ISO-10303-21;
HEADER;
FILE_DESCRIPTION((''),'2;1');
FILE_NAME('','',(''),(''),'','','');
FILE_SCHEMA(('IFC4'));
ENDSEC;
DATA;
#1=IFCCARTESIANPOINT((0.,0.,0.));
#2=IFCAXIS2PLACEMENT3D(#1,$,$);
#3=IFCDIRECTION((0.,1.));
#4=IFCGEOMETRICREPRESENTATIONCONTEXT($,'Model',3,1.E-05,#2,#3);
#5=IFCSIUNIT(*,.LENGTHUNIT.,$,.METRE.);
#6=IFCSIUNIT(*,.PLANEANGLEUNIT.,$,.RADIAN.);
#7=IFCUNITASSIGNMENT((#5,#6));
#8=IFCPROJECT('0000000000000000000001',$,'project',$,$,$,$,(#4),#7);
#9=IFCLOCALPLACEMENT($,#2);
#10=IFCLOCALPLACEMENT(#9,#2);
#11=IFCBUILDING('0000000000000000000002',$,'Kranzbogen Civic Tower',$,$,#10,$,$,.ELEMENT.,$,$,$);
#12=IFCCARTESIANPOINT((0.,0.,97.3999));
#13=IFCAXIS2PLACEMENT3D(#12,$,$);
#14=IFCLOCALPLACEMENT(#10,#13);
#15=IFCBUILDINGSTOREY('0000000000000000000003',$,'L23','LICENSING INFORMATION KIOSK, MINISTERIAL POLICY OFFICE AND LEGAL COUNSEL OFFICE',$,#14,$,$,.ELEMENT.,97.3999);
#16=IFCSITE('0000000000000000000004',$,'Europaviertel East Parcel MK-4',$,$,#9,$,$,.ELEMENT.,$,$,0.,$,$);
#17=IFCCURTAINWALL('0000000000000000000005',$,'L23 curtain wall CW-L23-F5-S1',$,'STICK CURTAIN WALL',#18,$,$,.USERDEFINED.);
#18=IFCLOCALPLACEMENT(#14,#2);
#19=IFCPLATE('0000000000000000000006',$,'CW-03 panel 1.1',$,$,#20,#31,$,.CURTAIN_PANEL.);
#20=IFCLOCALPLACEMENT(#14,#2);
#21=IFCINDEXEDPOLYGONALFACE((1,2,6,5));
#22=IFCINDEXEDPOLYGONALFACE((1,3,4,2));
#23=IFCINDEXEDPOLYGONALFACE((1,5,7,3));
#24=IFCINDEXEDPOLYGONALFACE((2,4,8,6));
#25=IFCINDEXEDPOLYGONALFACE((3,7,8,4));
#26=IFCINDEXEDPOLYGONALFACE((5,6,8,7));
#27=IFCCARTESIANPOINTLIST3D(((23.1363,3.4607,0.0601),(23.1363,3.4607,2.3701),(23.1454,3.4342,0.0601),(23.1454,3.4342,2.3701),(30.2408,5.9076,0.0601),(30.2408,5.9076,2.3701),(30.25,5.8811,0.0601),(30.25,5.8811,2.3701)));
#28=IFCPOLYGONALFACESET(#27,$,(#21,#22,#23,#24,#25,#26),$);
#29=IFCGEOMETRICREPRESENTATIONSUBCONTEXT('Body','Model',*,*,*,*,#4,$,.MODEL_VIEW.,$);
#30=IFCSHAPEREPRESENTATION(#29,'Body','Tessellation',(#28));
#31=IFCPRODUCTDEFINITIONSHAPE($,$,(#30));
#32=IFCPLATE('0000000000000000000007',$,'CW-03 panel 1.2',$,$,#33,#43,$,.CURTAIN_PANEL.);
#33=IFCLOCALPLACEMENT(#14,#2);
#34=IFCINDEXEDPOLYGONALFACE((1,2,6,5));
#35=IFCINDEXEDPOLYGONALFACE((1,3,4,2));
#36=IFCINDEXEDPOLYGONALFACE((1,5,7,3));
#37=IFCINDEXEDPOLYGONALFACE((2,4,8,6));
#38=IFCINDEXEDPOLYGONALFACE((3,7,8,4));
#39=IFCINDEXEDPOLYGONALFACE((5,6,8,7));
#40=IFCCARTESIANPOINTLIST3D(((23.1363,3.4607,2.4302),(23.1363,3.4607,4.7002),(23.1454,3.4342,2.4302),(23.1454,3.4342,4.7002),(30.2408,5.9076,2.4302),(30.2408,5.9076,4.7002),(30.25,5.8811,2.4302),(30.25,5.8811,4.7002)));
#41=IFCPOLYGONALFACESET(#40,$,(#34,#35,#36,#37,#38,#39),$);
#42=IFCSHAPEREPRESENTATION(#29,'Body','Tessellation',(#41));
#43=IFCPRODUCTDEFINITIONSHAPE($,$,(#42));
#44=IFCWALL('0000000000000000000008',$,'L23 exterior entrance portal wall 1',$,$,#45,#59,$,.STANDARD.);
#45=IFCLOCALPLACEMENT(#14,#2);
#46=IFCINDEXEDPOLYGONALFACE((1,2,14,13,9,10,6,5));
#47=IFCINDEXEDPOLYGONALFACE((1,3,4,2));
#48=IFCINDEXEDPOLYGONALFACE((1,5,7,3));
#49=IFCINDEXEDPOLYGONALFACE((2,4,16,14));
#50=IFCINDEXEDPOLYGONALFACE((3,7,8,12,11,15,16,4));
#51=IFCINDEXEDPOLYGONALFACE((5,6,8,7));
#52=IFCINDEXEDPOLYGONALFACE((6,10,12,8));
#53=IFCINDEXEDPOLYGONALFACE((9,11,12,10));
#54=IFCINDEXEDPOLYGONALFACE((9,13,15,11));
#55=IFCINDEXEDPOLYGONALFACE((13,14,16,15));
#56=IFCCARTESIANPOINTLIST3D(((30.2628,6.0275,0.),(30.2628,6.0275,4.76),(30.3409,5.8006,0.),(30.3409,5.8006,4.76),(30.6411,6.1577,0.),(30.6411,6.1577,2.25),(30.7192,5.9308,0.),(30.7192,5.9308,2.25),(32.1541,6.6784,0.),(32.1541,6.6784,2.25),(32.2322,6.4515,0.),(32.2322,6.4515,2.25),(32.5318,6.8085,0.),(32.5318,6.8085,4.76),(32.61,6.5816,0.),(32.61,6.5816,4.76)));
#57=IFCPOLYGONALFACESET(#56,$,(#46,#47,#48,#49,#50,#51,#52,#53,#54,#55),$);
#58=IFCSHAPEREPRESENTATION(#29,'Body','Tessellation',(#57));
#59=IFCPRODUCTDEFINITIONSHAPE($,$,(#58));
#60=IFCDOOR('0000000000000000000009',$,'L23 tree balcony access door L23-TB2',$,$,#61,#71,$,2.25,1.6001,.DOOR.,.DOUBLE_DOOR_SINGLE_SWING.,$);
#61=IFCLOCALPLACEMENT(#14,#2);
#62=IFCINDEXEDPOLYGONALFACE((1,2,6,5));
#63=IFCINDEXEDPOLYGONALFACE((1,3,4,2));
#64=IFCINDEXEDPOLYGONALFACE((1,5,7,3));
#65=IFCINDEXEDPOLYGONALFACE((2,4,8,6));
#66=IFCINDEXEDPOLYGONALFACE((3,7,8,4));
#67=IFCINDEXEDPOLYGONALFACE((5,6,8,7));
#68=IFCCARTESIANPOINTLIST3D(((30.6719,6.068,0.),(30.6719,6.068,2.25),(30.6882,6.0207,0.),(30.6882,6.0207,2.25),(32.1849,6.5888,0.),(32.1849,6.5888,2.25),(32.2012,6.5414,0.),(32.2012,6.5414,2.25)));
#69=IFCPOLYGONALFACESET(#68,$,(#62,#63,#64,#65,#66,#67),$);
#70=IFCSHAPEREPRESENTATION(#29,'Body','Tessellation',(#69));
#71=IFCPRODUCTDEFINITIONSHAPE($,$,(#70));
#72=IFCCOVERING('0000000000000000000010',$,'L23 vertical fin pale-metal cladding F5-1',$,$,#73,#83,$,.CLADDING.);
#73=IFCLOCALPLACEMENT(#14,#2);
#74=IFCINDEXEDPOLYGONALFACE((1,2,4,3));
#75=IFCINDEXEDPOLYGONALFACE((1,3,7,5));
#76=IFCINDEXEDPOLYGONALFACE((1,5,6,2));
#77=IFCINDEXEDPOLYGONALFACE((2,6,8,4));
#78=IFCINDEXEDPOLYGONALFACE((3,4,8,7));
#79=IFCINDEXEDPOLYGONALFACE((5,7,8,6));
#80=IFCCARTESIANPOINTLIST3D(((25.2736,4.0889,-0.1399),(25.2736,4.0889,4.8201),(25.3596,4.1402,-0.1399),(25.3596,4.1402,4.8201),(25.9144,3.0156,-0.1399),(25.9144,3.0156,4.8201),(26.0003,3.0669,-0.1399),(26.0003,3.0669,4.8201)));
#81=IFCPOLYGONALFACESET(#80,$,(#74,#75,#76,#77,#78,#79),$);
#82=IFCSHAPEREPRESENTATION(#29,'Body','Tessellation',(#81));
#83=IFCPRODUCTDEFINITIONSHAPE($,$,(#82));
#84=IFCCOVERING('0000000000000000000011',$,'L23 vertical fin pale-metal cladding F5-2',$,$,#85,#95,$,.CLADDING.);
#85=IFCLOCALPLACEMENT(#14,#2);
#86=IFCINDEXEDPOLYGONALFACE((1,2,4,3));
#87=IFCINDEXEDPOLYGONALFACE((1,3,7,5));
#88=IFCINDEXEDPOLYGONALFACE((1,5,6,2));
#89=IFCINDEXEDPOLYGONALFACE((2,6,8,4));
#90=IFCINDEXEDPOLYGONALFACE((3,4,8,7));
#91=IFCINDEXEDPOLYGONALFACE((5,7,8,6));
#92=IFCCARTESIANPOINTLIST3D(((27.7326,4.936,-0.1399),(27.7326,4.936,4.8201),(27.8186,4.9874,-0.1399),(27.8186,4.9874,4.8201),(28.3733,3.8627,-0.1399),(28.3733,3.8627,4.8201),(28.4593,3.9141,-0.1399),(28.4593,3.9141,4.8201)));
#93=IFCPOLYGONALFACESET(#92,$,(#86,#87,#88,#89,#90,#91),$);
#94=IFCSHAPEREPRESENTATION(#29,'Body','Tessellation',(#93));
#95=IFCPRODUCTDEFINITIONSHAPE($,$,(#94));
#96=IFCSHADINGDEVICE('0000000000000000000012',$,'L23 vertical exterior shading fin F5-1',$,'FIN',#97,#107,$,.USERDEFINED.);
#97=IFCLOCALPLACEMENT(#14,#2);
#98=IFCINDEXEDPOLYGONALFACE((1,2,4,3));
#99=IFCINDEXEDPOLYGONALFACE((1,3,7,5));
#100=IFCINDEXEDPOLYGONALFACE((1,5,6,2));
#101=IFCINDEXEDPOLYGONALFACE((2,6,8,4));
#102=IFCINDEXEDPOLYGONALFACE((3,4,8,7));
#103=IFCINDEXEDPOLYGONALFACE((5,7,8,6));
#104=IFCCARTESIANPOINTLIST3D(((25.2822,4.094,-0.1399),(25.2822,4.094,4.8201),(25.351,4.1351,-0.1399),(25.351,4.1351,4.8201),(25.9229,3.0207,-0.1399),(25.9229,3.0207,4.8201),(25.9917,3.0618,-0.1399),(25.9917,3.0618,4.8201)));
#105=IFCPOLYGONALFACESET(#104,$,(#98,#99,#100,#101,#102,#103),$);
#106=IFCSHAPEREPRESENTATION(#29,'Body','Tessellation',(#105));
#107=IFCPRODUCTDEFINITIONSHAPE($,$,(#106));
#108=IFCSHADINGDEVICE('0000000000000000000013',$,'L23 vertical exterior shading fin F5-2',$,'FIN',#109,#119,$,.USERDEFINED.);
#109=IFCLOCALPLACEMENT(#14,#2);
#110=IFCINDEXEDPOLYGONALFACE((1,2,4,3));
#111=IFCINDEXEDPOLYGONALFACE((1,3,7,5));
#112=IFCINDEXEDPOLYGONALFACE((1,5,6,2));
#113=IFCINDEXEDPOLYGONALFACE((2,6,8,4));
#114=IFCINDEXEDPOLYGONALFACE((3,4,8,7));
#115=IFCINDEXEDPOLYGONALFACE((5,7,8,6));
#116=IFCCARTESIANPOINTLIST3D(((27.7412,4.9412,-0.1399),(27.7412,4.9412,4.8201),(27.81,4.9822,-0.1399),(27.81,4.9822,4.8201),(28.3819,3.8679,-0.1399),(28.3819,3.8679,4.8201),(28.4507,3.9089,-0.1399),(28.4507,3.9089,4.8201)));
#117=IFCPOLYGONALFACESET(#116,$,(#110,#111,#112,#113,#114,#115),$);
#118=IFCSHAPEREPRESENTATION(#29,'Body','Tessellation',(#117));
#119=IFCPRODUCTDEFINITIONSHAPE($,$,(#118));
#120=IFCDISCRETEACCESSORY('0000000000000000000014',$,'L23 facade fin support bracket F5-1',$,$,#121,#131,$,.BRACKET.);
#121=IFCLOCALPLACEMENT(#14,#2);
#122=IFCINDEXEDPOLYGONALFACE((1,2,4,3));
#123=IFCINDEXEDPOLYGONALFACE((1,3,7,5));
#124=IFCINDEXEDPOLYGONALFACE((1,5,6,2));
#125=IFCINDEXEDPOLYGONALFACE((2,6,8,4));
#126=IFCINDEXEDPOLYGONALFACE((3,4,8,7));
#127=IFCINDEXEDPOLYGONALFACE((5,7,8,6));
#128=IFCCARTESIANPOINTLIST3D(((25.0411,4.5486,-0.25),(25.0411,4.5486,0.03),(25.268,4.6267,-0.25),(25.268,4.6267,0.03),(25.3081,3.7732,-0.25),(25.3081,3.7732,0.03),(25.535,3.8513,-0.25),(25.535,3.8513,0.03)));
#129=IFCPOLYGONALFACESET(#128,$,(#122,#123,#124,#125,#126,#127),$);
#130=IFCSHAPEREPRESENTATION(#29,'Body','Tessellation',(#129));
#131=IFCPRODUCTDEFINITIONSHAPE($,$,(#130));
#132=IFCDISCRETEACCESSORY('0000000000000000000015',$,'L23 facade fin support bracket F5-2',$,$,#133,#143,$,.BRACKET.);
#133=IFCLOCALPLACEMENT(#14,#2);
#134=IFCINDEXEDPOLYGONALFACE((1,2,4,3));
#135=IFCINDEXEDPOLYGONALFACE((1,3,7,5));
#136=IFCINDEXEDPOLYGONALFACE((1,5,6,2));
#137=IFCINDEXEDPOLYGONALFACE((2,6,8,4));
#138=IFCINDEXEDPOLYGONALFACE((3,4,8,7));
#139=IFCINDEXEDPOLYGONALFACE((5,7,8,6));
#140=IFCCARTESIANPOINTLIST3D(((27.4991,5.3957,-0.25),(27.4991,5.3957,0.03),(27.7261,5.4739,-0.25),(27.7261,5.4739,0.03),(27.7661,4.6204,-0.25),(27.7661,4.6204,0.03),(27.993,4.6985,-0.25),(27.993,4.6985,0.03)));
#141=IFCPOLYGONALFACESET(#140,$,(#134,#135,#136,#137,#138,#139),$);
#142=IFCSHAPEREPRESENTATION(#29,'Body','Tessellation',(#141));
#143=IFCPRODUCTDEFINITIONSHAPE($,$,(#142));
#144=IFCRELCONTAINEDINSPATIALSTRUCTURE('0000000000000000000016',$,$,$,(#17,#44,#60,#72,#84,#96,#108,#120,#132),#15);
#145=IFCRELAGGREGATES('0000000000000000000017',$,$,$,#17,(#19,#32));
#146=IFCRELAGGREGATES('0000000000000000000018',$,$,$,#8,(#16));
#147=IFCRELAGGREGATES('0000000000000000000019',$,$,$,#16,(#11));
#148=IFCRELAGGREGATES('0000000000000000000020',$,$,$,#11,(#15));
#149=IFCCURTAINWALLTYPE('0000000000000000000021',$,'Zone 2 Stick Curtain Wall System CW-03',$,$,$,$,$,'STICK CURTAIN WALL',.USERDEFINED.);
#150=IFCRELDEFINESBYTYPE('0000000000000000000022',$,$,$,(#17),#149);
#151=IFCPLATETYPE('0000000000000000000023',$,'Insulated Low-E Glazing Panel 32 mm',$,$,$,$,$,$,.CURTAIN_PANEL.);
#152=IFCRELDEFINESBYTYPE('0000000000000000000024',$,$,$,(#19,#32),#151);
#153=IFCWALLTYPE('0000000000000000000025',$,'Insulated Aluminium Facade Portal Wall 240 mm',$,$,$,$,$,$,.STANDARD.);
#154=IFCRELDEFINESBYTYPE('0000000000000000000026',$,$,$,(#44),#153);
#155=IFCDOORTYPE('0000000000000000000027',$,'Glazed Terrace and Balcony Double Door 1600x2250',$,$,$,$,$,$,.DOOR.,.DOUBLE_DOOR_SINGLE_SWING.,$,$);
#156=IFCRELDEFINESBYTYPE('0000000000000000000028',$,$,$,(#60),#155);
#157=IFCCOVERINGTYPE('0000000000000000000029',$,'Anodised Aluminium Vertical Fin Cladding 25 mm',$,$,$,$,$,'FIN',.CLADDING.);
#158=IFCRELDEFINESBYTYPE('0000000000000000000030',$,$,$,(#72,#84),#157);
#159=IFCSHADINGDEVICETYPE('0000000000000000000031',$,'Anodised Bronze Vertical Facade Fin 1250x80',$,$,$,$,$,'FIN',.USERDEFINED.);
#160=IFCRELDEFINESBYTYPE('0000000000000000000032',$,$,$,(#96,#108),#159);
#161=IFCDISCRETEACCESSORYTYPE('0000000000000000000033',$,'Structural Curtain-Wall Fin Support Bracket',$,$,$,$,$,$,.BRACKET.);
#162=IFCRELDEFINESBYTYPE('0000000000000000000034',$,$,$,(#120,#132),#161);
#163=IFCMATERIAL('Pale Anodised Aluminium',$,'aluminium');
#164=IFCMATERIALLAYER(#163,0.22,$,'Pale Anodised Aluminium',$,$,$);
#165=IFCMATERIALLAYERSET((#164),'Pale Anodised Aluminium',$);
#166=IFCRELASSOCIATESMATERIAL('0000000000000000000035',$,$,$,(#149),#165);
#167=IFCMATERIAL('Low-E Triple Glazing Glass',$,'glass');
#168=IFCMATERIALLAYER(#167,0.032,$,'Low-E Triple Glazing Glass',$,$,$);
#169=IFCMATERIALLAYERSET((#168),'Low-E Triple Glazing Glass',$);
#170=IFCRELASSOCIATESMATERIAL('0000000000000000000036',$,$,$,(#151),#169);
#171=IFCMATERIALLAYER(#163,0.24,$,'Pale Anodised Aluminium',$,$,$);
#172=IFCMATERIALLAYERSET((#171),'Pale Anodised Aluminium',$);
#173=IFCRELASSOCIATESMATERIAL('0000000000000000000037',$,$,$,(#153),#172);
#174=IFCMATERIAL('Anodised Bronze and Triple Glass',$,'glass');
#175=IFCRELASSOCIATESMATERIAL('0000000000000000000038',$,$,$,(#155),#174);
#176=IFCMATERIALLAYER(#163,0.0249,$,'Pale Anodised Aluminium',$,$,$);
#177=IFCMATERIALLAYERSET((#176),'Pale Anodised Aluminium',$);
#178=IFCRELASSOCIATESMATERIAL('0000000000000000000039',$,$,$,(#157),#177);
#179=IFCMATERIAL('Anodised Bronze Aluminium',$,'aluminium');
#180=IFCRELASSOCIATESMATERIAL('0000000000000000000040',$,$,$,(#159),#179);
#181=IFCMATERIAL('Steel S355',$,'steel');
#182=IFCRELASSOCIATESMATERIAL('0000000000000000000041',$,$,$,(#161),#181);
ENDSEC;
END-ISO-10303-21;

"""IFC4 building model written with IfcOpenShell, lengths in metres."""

from ifc_helpers import new_model, si_unit, direction, frame, frame_2d, origin, origin_2d, place, context, subcontext, project, spatial, rectangle, extrude, material, layer, layer_set, type_object, element, fill, aggregate, save


model = new_model("IFC4")

# Units and contexts
model_context = context("Model", 3, precision=1e-05, world=origin(), true_north=direction((0.0, 1.0)))
body_context = subcontext(model_context, "Body", "Model", "MODEL_VIEW")
ifc_project = project(units=[si_unit("LENGTHUNIT", "METRE"), si_unit("PLANEANGLEUNIT", "RADIAN")], contexts=[model_context])

# Site, building, storey
site_placement = place(None, origin())
site = spatial("IfcSite", under=ifc_project, at=site_placement, Name="Europaviertel East Parcel MK-4", CompositionType="ELEMENT", RefElevation=0.0)
building_placement = place(site_placement, origin())
building = spatial("IfcBuilding", under=site, at=building_placement, Name="Kranzbogen Civic Tower", CompositionType="ELEMENT")
storey_placement = place(building_placement, frame((0.0, 0.0, 97.3999)))
storey = spatial("IfcBuildingStorey", under=building, at=storey_placement, Name="L23", Description="LICENSING INFORMATION KIOSK, MINISTERIAL POLICY OFFICE AND LEGAL COUNSEL OFFICE", CompositionType="ELEMENT", Elevation=97.3999)

# Curtain wall
ifc_material_1 = material(Name="Pale Anodised Aluminium", Category="aluminium")
ifc_layer_1 = layer(ifc_material_1, 0.22, Name="Pale Anodised Aluminium")
ifc_layer_set_1 = layer_set([ifc_layer_1], Name="Pale Anodised Aluminium")
curtain_wall_type = type_object("IfcCurtainWallType", Name="Zone 2 Stick Curtain Wall System CW-03", ElementType="STICK CURTAIN WALL", PredefinedType="USERDEFINED", material=ifc_layer_set_1)
curtain_wall_1_placement = place(storey_placement, origin())
curtain_wall_1 = element("IfcCurtainWall", 1, at=curtain_wall_1_placement, inside=storey, type_object=curtain_wall_type, Name="L23 curtain wall CW-L23-F5-S1", ObjectType="STICK CURTAIN WALL", PredefinedType="USERDEFINED")

# Shared definitions
ifc_material_2 = material(Name="Steel S355", Category="steel")

# Plates
ifc_material_3 = material(Name="Low-E Triple Glazing Glass", Category="glass")
ifc_layer_2 = layer(ifc_material_3, 0.032, Name="Low-E Triple Glazing Glass")
ifc_layer_set_2 = layer_set([ifc_layer_2], Name="Low-E Triple Glazing Glass")
plate_type = type_object("IfcPlateType", Name="Insulated Low-E Glazing Panel 32 mm", PredefinedType="CURTAIN_PANEL", material=ifc_layer_set_2)
plate_1_placement = place(storey_placement, frame((26.6931, 4.6709, 0.0601), z_axis=(0.0, 0.0, 1.0), x_axis=(0.945493, 0.325643, 0.0)))
plate_1 = element("IfcPlate", 2, at=plate_1_placement, type_object=plate_type, Name="CW-03 panel 1.1", PredefinedType="CURTAIN_PANEL", context=body_context, shape_type="SweptSolid", body=[
    extrude(rectangle(XDim=7.5142, YDim=0.0281, at=origin_2d()), origin(), (0.0, 0.0, 1.0), 2.3101),
])
plate_2_placement = place(storey_placement, frame((26.6931, 4.6709, 2.4302), z_axis=(0.0, 0.0, 1.0), x_axis=(0.945493, 0.325643, 0.0)))
plate_2 = element("IfcPlate", 3, at=plate_2_placement, type_object=plate_type, Name="CW-03 panel 1.2", PredefinedType="CURTAIN_PANEL", context=body_context, shape_type="SweptSolid", body=[
    extrude(rectangle(XDim=7.5142, YDim=0.0281, at=origin_2d()), origin(), (0.0, 0.0, 1.0), 2.27),
])
aggregate(curtain_wall_1, [plate_1, plate_2])

# Wall, opening, door
ifc_layer_3 = layer(ifc_material_1, 0.24, Name="Pale Anodised Aluminium")
ifc_layer_set_3 = layer_set([ifc_layer_3], Name="Pale Anodised Aluminium")
wall_type = type_object("IfcWallType", Name="Insulated Aluminium Facade Portal Wall 240 mm", PredefinedType="STANDARD", material=ifc_layer_set_3)
wall_placement = place(storey_placement, frame((30.302, 5.9141, 0.0), z_axis=(0.0, 0.0, 1.0), x_axis=(0.945556, 0.325461, 0.0)))
wall = element("IfcWall", 4, at=wall_placement, inside=storey, type_object=wall_type, Name="L23 exterior entrance portal wall 1", PredefinedType="STANDARD", context=body_context, shape_type="SweptSolid", body=[
    extrude(rectangle(XDim=2.3997, YDim=0.24, at=frame_2d((1.1997, 0.0))), origin(), (0.0, 0.0, 1.0), 4.76),
])
opening_placement = place(wall_placement, frame((0.3999, 0.0, 0.0)))
opening = element("IfcOpeningElement", 5, at=opening_placement, cuts=wall, PredefinedType="OPENING", context=body_context, shape_type="SweptSolid", body=[
    extrude(rectangle(XDim=1.6001, YDim=2.25, at=frame_2d((0.8, 1.125))), frame((0.0, 0.1299, 0.0), z_axis=(0.0, -1.0, 0.0), x_axis=(1.0, 0.0, 0.0)), (0.0, 0.0, 1.0), 0.26),
])
ifc_material_4 = material(Name="Anodised Bronze and Triple Glass", Category="glass")
door_type = type_object("IfcDoorType", Name="Glazed Terrace and Balcony Double Door 1600x2250", OperationType="DOUBLE_DOOR_SINGLE_SWING", PredefinedType="DOOR", material=ifc_material_4)
door_placement = place(opening_placement, frame((1.6001, 0.0, 0.0), z_axis=(0.0, 0.0, 1.0), x_axis=(-1.0, 0.0, 0.0)))
door = element("IfcDoor", 6, at=door_placement, inside=storey, type_object=door_type, Name="L23 tree balcony access door L23-TB2", OperationType="DOUBLE_DOOR_SINGLE_SWING", OverallHeight=2.25, OverallWidth=1.6001, PredefinedType="DOOR", context=body_context, shape_type="SweptSolid", body=[
    extrude(rectangle(XDim=1.6001, YDim=2.25, at=frame_2d((0.8, 1.125))), frame((0.0, 0.0249, 0.0), z_axis=(0.0, -1.0, 0.0), x_axis=(1.0, 0.0, 0.0)), (0.0, 0.0, 1.0), 0.05),
])
fill(opening, door)

# Coverings
ifc_layer_4 = layer(ifc_material_1, 0.0249, Name="Pale Anodised Aluminium")
ifc_layer_set_4 = layer_set([ifc_layer_4], Name="Pale Anodised Aluminium")
covering_type = type_object("IfcCoveringType", Name="Anodised Aluminium Vertical Fin Cladding 25 mm", ElementType="FIN", PredefinedType="CLADDING", material=ifc_layer_set_4)
for number, where, z_axis, x_axis, name in (
    (7, (25.637, 3.5779, -0.1399), (0.0, 0.0, 1.0), (0.512582, -0.858638, 0.0), "L23 vertical fin pale-metal cladding F5-1"),
    (8, (28.0959, 4.425, -0.1399), (0.0, 0.0, 1.0), (0.512582, -0.858638, 0.0), "L23 vertical fin pale-metal cladding F5-2"),
):
    element("IfcCovering", number, at=place(storey_placement, frame(where, z_axis=z_axis, x_axis=x_axis)), inside=storey, type_object=covering_type, Name=name, PredefinedType="CLADDING", context=body_context, shape_type="SweptSolid", body=[
        extrude(rectangle(XDim=1.25, YDim=0.1001, at=origin_2d()), origin(), (0.0, 0.0, 1.0), 4.96),
    ])

# Shading devices
ifc_material_5 = material(Name="Anodised Bronze Aluminium", Category="aluminium")
shading_device_type = type_object("IfcShadingDeviceType", Name="Anodised Bronze Vertical Facade Fin 1250x80", ElementType="FIN", PredefinedType="USERDEFINED", material=ifc_material_5)
for number, where, z_axis, x_axis, name in (
    (9, (25.637, 3.5779, -0.1399), (0.0, 0.0, 1.0), (0.512582, -0.858638, 0.0), "L23 vertical exterior shading fin F5-1"),
    (10, (28.0959, 4.425, -0.1399), (0.0, 0.0, 1.0), (0.512582, -0.858638, 0.0), "L23 vertical exterior shading fin F5-2"),
):
    element("IfcShadingDevice", number, at=place(storey_placement, frame(where, z_axis=z_axis, x_axis=x_axis)), inside=storey, type_object=shading_device_type, Name=name, ObjectType="FIN", PredefinedType="USERDEFINED", context=body_context, shape_type="SweptSolid", body=[
        extrude(rectangle(XDim=1.25, YDim=0.0801, at=origin_2d()), origin(), (0.0, 0.0, 1.0), 4.96),
    ])

# Discrete accessories
discrete_accessory_type = type_object("IfcDiscreteAccessoryType", Name="Structural Curtain-Wall Fin Support Bracket", PredefinedType="BRACKET", material=ifc_material_2)
for number, where, z_axis, x_axis, name in (
    (11, (25.2881, 4.2, -0.25), (0.0, 0.0, 1.0), (0.325568, -0.945519, 0.0), "L23 facade fin support bracket F5-1"),
    (12, (27.7461, 5.0471, -0.25), (0.0, 0.0, 1.0), (0.325568, -0.945519, 0.0), "L23 facade fin support bracket F5-2"),
):
    element("IfcDiscreteAccessory", number, at=place(storey_placement, frame(where, z_axis=z_axis, x_axis=x_axis)), inside=storey, type_object=discrete_accessory_type, Name=name, PredefinedType="BRACKET", context=body_context, shape_type="SweptSolid", body=[
        extrude(rectangle(XDim=0.8201, YDim=0.24, at=origin_2d()), origin(), (0.0, 0.0, 1.0), 0.28),
    ])

save(model, "model.ifc")
